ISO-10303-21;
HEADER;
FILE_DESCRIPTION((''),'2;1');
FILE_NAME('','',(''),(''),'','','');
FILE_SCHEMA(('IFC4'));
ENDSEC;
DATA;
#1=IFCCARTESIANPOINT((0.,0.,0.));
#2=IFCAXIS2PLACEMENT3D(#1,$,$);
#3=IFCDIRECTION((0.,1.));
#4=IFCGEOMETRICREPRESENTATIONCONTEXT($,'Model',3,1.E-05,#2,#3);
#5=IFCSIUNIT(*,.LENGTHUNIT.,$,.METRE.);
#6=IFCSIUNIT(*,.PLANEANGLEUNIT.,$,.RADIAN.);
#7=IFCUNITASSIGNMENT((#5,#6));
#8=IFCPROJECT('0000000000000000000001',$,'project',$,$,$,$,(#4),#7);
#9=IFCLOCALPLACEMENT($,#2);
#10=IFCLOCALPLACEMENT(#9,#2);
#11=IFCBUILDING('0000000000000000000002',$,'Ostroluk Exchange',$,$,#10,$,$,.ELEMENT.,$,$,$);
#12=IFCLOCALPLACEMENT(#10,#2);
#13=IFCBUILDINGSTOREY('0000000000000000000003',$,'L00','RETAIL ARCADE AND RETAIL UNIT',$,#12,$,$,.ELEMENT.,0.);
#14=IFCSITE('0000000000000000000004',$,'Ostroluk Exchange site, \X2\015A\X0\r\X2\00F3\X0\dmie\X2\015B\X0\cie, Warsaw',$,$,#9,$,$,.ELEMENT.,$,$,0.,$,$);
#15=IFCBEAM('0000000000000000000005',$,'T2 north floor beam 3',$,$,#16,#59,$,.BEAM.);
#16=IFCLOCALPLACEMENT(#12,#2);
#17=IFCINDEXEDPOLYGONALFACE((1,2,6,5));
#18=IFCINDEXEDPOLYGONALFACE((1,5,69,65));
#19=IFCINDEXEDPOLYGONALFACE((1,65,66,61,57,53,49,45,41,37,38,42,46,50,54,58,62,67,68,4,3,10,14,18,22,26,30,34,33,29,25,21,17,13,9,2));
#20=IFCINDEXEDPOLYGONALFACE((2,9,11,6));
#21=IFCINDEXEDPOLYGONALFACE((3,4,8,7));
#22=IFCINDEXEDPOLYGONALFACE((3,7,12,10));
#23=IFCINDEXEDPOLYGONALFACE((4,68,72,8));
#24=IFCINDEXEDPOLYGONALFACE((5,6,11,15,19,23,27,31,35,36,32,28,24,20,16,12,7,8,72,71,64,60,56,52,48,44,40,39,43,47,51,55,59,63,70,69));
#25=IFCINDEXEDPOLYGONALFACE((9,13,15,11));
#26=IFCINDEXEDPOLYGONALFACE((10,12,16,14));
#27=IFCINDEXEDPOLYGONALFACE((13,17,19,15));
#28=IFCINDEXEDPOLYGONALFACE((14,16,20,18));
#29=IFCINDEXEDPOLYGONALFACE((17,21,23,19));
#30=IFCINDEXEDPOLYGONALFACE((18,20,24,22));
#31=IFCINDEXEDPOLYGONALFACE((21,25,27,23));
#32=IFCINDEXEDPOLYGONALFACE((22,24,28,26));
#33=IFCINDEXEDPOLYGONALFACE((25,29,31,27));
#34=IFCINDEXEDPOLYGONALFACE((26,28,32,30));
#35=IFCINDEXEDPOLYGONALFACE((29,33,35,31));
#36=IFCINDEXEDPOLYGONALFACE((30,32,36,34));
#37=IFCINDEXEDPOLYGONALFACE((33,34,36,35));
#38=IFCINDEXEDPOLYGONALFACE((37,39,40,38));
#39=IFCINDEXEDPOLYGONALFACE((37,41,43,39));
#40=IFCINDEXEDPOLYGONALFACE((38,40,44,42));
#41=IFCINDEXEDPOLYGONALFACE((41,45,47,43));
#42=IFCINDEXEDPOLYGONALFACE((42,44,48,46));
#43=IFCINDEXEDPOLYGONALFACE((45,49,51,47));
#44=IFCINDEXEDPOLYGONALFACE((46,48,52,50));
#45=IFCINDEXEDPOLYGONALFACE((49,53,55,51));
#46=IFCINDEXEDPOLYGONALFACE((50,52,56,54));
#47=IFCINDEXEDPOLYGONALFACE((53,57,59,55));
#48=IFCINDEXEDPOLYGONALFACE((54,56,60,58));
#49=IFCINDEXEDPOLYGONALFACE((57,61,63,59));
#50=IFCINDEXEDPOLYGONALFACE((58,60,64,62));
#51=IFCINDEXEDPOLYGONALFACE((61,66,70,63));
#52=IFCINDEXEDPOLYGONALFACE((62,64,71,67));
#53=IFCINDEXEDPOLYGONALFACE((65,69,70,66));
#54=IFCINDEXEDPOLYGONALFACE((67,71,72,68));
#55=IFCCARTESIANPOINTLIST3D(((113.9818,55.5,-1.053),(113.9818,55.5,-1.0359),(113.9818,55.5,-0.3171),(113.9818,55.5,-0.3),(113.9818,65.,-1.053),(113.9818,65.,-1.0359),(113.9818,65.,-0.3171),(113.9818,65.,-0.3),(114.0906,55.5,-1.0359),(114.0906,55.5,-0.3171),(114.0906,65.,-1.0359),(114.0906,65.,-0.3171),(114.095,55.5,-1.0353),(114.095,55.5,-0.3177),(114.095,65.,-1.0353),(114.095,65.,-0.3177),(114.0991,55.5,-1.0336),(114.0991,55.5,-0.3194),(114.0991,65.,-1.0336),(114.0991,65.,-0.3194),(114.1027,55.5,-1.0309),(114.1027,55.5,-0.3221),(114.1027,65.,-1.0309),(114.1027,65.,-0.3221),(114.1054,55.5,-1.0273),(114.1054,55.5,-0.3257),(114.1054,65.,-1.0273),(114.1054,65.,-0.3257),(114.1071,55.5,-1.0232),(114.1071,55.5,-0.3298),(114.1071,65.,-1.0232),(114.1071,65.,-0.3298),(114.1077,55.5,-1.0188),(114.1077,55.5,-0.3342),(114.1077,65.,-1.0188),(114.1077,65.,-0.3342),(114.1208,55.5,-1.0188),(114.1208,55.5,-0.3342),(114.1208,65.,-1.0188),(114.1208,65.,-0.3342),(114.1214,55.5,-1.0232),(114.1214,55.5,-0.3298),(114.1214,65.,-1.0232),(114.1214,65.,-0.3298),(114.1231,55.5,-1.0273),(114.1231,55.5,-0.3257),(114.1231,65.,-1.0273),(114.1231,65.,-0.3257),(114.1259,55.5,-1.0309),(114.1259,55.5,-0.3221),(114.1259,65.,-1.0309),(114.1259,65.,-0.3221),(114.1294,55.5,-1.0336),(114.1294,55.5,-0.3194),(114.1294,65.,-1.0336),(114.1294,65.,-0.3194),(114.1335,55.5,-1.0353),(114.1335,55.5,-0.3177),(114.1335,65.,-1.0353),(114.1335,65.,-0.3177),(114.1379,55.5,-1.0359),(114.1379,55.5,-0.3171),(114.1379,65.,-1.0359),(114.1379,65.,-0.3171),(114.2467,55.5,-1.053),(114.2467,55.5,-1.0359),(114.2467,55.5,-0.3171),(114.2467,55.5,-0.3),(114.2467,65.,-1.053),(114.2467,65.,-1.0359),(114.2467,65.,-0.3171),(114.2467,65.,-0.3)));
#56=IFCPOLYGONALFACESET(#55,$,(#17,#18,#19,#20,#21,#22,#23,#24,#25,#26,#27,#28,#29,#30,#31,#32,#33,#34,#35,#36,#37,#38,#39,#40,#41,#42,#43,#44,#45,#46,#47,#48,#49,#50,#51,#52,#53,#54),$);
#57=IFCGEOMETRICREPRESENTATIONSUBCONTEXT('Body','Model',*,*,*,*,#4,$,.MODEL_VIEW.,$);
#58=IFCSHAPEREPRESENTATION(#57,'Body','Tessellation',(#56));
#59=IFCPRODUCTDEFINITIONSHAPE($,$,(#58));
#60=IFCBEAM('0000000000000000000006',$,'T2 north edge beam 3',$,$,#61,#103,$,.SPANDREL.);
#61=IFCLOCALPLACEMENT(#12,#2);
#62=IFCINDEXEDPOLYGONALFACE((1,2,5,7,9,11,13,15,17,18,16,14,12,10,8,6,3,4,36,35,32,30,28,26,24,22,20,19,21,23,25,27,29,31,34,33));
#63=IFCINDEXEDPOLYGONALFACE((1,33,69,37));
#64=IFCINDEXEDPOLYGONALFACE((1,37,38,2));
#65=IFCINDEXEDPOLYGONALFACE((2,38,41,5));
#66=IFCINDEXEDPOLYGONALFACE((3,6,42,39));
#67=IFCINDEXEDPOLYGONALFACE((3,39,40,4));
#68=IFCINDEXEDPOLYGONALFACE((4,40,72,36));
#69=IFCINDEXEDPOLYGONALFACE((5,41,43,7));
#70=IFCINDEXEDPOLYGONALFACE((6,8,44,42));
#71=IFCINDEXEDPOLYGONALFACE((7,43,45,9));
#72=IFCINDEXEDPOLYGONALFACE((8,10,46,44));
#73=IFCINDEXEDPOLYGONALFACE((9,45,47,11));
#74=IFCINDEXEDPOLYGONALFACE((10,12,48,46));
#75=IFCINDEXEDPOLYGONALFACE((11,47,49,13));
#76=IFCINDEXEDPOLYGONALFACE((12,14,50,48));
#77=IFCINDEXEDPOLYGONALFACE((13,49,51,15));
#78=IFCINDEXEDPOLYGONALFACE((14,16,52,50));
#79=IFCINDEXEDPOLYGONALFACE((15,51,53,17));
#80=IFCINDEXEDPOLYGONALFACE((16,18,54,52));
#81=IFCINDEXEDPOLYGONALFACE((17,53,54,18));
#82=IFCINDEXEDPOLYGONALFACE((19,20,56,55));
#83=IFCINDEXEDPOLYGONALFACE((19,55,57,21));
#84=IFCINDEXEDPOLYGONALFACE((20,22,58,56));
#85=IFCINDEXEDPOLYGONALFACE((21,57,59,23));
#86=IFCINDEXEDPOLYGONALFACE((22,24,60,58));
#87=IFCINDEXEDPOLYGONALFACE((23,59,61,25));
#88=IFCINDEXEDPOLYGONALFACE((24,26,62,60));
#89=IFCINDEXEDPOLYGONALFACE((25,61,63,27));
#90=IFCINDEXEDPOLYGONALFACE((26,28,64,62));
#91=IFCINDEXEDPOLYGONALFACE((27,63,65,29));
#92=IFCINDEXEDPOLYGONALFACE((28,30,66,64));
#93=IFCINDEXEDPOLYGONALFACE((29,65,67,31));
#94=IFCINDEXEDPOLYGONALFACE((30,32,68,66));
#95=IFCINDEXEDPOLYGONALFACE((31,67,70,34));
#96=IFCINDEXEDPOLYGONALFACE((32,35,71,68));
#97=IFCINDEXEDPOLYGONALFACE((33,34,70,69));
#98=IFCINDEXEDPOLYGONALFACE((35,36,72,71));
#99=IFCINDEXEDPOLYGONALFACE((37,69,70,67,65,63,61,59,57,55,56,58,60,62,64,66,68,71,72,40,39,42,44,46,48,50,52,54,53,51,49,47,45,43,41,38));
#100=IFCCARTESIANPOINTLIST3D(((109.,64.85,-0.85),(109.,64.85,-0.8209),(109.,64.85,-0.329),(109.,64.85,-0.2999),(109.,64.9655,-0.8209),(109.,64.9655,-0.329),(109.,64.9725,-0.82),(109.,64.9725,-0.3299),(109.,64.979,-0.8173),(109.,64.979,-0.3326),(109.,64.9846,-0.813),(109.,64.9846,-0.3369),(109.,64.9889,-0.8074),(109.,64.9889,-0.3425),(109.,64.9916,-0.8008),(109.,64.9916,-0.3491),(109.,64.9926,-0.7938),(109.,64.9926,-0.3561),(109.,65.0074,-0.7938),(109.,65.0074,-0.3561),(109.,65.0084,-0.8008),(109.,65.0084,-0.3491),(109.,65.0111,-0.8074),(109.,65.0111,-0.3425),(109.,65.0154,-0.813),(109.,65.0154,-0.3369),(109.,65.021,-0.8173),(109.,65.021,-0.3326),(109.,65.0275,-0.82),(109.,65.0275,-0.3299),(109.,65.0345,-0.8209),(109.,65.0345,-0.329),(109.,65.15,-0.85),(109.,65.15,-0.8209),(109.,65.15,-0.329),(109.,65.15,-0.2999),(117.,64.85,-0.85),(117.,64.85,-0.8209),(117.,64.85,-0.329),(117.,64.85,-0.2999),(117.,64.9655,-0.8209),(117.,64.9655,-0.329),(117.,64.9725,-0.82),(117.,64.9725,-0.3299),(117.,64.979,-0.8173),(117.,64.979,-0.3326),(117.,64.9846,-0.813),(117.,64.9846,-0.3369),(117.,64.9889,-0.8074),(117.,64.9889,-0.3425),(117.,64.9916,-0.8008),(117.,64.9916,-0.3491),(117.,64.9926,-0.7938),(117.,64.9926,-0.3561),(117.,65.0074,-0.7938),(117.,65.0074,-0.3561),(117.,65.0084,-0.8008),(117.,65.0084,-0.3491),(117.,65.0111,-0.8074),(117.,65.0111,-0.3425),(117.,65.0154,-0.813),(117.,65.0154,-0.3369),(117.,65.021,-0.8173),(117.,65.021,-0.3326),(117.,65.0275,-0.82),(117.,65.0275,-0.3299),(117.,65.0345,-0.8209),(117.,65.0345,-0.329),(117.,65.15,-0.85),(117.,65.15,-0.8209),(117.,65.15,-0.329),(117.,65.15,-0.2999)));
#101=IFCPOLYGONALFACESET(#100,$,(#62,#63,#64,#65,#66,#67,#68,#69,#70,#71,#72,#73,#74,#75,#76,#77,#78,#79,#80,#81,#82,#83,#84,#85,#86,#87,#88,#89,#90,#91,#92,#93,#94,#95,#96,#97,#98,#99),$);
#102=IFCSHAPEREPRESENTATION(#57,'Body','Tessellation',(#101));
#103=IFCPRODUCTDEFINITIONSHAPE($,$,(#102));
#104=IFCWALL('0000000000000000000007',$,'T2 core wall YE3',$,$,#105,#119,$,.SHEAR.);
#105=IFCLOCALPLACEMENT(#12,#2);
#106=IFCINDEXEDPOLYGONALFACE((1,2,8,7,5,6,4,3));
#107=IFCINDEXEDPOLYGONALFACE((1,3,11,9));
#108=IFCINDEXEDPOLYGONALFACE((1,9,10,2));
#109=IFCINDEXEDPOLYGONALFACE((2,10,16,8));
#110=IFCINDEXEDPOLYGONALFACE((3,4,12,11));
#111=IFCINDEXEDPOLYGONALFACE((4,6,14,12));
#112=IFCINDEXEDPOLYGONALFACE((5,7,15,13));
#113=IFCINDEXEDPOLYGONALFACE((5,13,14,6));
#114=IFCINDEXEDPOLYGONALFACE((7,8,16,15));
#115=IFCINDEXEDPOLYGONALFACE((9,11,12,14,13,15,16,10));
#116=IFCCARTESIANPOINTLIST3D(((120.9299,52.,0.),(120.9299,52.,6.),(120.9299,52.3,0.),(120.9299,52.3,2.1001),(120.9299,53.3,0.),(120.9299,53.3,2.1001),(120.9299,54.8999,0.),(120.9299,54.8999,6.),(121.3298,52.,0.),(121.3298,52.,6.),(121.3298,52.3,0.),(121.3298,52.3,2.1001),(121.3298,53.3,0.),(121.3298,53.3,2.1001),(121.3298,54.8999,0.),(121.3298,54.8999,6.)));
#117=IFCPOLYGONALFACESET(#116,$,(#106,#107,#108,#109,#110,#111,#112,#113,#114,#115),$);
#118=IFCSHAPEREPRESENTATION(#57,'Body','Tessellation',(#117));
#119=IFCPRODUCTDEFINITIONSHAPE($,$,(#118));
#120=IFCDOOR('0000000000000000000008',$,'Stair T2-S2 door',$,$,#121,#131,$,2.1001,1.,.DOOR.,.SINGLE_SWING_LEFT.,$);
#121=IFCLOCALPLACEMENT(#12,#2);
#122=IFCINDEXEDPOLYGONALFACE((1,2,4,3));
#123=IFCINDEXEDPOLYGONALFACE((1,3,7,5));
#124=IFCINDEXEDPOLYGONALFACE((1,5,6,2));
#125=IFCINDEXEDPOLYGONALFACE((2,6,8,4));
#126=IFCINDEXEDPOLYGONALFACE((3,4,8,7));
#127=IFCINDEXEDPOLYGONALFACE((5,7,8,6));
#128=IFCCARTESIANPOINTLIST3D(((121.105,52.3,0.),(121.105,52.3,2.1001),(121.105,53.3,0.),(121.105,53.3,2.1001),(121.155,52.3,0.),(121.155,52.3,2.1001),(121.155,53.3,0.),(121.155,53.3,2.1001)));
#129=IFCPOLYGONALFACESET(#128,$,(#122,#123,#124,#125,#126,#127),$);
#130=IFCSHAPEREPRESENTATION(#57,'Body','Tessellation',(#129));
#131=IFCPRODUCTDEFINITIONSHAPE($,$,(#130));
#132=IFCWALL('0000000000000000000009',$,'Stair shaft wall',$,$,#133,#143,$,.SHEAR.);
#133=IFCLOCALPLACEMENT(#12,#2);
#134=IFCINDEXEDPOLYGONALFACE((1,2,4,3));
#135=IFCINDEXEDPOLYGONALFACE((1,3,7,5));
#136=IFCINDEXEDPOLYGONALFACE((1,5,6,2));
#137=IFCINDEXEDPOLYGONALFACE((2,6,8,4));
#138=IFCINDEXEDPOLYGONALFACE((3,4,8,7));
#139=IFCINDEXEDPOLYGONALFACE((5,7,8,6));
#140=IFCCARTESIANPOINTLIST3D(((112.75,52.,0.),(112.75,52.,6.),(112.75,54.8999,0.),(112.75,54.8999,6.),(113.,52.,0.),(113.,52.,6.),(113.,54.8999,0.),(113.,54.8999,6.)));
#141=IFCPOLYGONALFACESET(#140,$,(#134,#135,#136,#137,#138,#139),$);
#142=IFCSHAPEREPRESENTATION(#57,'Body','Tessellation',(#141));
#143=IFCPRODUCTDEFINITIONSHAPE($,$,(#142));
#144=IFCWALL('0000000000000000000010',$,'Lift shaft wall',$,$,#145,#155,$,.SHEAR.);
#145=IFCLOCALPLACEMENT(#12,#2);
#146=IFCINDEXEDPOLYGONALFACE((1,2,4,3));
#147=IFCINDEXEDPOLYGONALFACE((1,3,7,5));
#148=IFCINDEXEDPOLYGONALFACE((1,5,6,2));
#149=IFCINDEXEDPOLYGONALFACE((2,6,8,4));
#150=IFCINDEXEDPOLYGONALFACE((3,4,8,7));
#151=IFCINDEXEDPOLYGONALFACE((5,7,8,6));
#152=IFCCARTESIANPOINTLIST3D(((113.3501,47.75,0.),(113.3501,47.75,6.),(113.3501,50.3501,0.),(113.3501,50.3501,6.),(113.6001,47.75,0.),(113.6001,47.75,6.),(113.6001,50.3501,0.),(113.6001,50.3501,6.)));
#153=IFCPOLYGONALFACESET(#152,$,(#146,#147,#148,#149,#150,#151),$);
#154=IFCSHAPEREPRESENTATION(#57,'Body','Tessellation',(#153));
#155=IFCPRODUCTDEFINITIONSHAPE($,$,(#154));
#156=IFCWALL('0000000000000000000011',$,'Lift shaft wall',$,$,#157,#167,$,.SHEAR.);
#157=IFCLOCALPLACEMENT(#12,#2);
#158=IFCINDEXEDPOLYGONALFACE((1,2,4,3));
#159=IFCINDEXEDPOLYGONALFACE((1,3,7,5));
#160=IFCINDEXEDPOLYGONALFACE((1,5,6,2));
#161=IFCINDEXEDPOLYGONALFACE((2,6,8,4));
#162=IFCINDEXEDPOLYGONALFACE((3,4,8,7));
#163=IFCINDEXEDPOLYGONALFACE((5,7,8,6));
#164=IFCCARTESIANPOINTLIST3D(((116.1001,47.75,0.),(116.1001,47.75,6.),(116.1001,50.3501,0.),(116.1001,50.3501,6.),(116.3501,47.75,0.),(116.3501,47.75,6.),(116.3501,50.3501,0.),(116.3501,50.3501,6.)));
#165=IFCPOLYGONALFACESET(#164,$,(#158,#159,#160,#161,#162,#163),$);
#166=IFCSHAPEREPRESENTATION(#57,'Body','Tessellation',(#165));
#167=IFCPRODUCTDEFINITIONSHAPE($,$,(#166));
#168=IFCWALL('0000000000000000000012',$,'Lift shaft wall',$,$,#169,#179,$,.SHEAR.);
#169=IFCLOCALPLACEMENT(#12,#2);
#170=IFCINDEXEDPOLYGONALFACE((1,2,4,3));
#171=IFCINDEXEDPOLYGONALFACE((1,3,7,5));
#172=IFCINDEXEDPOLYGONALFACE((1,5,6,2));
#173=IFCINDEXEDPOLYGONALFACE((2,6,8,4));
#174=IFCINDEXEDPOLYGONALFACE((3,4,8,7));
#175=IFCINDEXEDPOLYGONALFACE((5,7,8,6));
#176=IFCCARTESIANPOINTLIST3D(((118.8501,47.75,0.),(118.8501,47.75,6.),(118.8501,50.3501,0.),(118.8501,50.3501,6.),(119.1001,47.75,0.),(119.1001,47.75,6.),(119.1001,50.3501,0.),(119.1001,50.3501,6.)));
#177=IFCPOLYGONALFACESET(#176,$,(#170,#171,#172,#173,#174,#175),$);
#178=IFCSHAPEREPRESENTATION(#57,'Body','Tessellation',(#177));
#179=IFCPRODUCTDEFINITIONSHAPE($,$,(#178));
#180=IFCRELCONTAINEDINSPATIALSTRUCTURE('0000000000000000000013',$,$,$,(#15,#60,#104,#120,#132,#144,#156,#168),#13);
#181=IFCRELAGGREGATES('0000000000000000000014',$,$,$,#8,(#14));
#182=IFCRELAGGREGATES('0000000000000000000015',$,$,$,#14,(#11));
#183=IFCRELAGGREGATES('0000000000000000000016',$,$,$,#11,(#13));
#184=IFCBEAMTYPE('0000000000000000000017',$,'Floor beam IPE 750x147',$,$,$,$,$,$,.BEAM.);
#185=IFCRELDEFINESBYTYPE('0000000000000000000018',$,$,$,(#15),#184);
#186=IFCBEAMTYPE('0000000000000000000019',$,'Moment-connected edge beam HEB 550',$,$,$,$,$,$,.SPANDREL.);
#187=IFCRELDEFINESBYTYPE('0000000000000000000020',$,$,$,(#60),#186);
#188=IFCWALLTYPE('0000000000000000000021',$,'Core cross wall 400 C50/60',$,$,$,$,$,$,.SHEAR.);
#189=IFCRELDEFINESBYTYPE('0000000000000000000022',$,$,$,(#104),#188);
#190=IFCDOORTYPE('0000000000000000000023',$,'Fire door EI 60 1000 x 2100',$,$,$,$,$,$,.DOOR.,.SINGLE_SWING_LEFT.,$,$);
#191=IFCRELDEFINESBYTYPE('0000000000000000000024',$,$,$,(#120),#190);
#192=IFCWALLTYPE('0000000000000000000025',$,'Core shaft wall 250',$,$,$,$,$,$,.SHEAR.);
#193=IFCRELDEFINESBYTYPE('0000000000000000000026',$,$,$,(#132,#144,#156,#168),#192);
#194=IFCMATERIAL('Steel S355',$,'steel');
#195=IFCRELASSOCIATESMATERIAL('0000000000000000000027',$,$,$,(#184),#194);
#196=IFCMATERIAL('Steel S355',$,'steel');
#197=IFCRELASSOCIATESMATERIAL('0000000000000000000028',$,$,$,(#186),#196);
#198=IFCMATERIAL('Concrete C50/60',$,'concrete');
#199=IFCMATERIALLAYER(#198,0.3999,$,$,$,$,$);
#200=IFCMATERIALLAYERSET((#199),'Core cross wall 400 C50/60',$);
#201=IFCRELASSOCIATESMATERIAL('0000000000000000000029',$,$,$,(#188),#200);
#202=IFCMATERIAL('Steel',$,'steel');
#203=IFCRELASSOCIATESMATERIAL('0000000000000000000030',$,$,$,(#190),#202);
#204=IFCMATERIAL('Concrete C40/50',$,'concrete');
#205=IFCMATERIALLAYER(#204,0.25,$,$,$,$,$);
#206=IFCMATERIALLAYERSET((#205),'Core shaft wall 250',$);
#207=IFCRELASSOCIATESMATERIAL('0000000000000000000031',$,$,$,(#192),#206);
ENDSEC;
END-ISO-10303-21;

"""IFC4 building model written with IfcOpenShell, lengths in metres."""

from ifc_helpers import new_model, si_unit, direction, frame, frame_2d, origin, origin_2d, place, context, subcontext, project, spatial, rectangle, i_section, extrude, material, layer, layer_set, material_profile, profile_set, type_object, element, fill, save


model = new_model("IFC4")

# Units and contexts
model_context = context("Model", 3, precision=1e-05, world=origin(), true_north=direction((0.0, 1.0)))
body_context = subcontext(model_context, "Body", "Model", "MODEL_VIEW")
ifc_project = project(units=[si_unit("LENGTHUNIT", "METRE"), si_unit("PLANEANGLEUNIT", "RADIAN")], contexts=[model_context])

# Site, building, storey
site_placement = place(None, origin())
site = spatial("IfcSite", under=ifc_project, at=site_placement, Name="Ostroluk Exchange site, Śródmieście, Warsaw", CompositionType="ELEMENT", RefElevation=0.0)
building_placement = place(site_placement, origin())
building = spatial("IfcBuilding", under=site, at=building_placement, Name="Ostroluk Exchange", CompositionType="ELEMENT")
storey_placement = place(building_placement, origin())
storey = spatial("IfcBuildingStorey", under=building, at=storey_placement, Name="L00", Description="RETAIL ARCADE AND RETAIL UNIT", CompositionType="ELEMENT", Elevation=0.0)

# Beams
ifc_material_1 = material(Name="Steel S355", Category="steel")
ifc_material_profile_1 = material_profile(ifc_material_1, i_section(OverallWidth=0.2649, OverallDepth=0.7529, WebThickness=0.0132, FlangeThickness=0.0171, FilletRadius=0.0171, at=origin_2d()), Name="IPE 750x147")
ifc_profile_set_1 = profile_set([ifc_material_profile_1], Name="Steel S355")
beam_type_1 = type_object("IfcBeamType", Name="Floor beam IPE 750x147", PredefinedType="BEAM", material=ifc_profile_set_1)
for number, where, z_axis, x_axis, name in (
    (1, (114.1143, 55.5, -0.6765), (0.0, 1.0, 0.0), (-1.0, 0.0, 0.0), "T2 north floor beam 3"),
):
    element("IfcBeam", number, at=place(storey_placement, frame(where, z_axis=z_axis, x_axis=x_axis)), inside=storey, type_object=beam_type_1, Name=name, PredefinedType="BEAM", context=body_context, shape_type="SweptSolid", body=[
        extrude(i_section(OverallWidth=0.2649, OverallDepth=0.7529, WebThickness=0.0132, FlangeThickness=0.0171, FilletRadius=0.0171, at=origin_2d()), origin(), (0.0, 0.0, 1.0), 9.5),
    ])
ifc_material_2 = material(Name="Steel S355", Category="steel")
ifc_material_profile_2 = material_profile(ifc_material_2, i_section(OverallWidth=0.3, OverallDepth=0.55, WebThickness=0.0149, FlangeThickness=0.0291, FilletRadius=0.0271, at=origin_2d()), Name="HEB 550")
ifc_profile_set_2 = profile_set([ifc_material_profile_2], Name="Steel S355")
beam_type_2 = type_object("IfcBeamType", Name="Moment-connected edge beam HEB 550", PredefinedType="SPANDREL", material=ifc_profile_set_2)
beam_placement = place(storey_placement, frame((117.0, 65.0, -0.575), z_axis=(-1.0, 0.0, 0.0), x_axis=(0.0, -1.0, 0.0)))
element("IfcBeam", 2, at=beam_placement, inside=storey, type_object=beam_type_2, Name="T2 north edge beam 3", PredefinedType="SPANDREL", context=body_context, shape_type="SweptSolid", body=[
    extrude(i_section(OverallWidth=0.3, OverallDepth=0.55, WebThickness=0.0149, FlangeThickness=0.0291, FilletRadius=0.0271, at=origin_2d()), origin(), (0.0, 0.0, 1.0), 8.0),
])

# Wall, opening, door
ifc_material_3 = material(Name="Concrete C50/60", Category="concrete")
ifc_layer_1 = layer(ifc_material_3, 0.3999)
ifc_layer_set_1 = layer_set([ifc_layer_1], Name="Core cross wall 400 C50/60")
wall_type_1 = type_object("IfcWallType", Name="Core cross wall 400 C50/60", PredefinedType="SHEAR", material=ifc_layer_set_1)
wall_1_placement = place(storey_placement, frame((121.1299, 52.0, 0.0), z_axis=(0.0, 0.0, 1.0), x_axis=(0.0, 1.0, 0.0)))
wall_1 = element("IfcWall", 3, at=wall_1_placement, inside=storey, type_object=wall_type_1, Name="T2 core wall YE3", PredefinedType="SHEAR", context=body_context, shape_type="SweptSolid", body=[
    extrude(rectangle(XDim=2.8999, YDim=0.3999, at=frame_2d((1.45, 0.0))), origin(), (0.0, 0.0, 1.0), 6.0),
])
opening_1_placement = place(wall_1_placement, frame((0.3, 0.0, 0.0)))
opening_1 = element("IfcOpeningElement", 4, at=opening_1_placement, cuts=wall_1, PredefinedType="OPENING", context=body_context, shape_type="SweptSolid", body=[
    extrude(rectangle(XDim=1.0, YDim=2.1001, at=frame_2d((0.5, 1.05))), frame((0.0, 0.21, 0.0), z_axis=(0.0, -1.0, 0.0), x_axis=(1.0, 0.0, 0.0)), (0.0, 0.0, 1.0), 0.4199),
])
ifc_material_4 = material(Name="Steel", Category="steel")
door_type_1 = type_object("IfcDoorType", Name="Fire door EI 60 1000 x 2100", OperationType="SINGLE_SWING_LEFT", PredefinedType="DOOR", material=ifc_material_4)
door_1_placement = place(opening_1_placement, origin())
door_1 = element("IfcDoor", 5, at=door_1_placement, inside=storey, type_object=door_type_1, Name="Stair T2-S2 door", OperationType="SINGLE_SWING_LEFT", OverallHeight=2.1001, OverallWidth=1.0, PredefinedType="DOOR", context=body_context, shape_type="SweptSolid", body=[
    extrude(rectangle(XDim=1.0, YDim=2.1001, at=frame_2d((0.5, 1.05))), frame((0.0, 0.0249, 0.0), z_axis=(0.0, -1.0, 0.0), x_axis=(1.0, 0.0, 0.0)), (0.0, 0.0, 1.0), 0.05),
])
fill(opening_1, door_1)

# Walls
ifc_material_5 = material(Name="Concrete C40/50", Category="concrete")
ifc_layer_2 = layer(ifc_material_5, 0.25)
ifc_layer_set_2 = layer_set([ifc_layer_2], Name="Core shaft wall 250")
wall_type_2 = type_object("IfcWallType", Name="Core shaft wall 250", PredefinedType="SHEAR", material=ifc_layer_set_2)
wall_2_placement = place(storey_placement, frame((112.875, 52.0, 0.0), z_axis=(0.0, 0.0, 1.0), x_axis=(0.0, 1.0, 0.0)))
element("IfcWall", 6, at=wall_2_placement, inside=storey, type_object=wall_type_2, Name="Stair shaft wall", PredefinedType="SHEAR", context=body_context, shape_type="SweptSolid", body=[
    extrude(rectangle(XDim=2.8999, YDim=0.25, at=frame_2d((1.45, 0.0))), origin(), (0.0, 0.0, 1.0), 6.0),
])
for number, where, z_axis, x_axis, name in (
    (7, (113.4751, 47.75, 0.0), (0.0, 0.0, 1.0), (0.0, 1.0, 0.0), "Lift shaft wall"),
    (8, (116.2251, 47.75, 0.0), (0.0, 0.0, 1.0), (0.0, 1.0, 0.0), "Lift shaft wall"),
    (9, (118.9751, 47.75, 0.0), (0.0, 0.0, 1.0), (0.0, 1.0, 0.0), "Lift shaft wall"),
):
    element("IfcWall", number, at=place(storey_placement, frame(where, z_axis=z_axis, x_axis=x_axis)), inside=storey, type_object=wall_type_2, Name=name, PredefinedType="SHEAR", context=body_context, shape_type="SweptSolid", body=[
        extrude(rectangle(XDim=2.6001, YDim=0.25, at=frame_2d((1.3, 0.0))), origin(), (0.0, 0.0, 1.0), 6.0),
    ])

save(model, "model.ifc")
